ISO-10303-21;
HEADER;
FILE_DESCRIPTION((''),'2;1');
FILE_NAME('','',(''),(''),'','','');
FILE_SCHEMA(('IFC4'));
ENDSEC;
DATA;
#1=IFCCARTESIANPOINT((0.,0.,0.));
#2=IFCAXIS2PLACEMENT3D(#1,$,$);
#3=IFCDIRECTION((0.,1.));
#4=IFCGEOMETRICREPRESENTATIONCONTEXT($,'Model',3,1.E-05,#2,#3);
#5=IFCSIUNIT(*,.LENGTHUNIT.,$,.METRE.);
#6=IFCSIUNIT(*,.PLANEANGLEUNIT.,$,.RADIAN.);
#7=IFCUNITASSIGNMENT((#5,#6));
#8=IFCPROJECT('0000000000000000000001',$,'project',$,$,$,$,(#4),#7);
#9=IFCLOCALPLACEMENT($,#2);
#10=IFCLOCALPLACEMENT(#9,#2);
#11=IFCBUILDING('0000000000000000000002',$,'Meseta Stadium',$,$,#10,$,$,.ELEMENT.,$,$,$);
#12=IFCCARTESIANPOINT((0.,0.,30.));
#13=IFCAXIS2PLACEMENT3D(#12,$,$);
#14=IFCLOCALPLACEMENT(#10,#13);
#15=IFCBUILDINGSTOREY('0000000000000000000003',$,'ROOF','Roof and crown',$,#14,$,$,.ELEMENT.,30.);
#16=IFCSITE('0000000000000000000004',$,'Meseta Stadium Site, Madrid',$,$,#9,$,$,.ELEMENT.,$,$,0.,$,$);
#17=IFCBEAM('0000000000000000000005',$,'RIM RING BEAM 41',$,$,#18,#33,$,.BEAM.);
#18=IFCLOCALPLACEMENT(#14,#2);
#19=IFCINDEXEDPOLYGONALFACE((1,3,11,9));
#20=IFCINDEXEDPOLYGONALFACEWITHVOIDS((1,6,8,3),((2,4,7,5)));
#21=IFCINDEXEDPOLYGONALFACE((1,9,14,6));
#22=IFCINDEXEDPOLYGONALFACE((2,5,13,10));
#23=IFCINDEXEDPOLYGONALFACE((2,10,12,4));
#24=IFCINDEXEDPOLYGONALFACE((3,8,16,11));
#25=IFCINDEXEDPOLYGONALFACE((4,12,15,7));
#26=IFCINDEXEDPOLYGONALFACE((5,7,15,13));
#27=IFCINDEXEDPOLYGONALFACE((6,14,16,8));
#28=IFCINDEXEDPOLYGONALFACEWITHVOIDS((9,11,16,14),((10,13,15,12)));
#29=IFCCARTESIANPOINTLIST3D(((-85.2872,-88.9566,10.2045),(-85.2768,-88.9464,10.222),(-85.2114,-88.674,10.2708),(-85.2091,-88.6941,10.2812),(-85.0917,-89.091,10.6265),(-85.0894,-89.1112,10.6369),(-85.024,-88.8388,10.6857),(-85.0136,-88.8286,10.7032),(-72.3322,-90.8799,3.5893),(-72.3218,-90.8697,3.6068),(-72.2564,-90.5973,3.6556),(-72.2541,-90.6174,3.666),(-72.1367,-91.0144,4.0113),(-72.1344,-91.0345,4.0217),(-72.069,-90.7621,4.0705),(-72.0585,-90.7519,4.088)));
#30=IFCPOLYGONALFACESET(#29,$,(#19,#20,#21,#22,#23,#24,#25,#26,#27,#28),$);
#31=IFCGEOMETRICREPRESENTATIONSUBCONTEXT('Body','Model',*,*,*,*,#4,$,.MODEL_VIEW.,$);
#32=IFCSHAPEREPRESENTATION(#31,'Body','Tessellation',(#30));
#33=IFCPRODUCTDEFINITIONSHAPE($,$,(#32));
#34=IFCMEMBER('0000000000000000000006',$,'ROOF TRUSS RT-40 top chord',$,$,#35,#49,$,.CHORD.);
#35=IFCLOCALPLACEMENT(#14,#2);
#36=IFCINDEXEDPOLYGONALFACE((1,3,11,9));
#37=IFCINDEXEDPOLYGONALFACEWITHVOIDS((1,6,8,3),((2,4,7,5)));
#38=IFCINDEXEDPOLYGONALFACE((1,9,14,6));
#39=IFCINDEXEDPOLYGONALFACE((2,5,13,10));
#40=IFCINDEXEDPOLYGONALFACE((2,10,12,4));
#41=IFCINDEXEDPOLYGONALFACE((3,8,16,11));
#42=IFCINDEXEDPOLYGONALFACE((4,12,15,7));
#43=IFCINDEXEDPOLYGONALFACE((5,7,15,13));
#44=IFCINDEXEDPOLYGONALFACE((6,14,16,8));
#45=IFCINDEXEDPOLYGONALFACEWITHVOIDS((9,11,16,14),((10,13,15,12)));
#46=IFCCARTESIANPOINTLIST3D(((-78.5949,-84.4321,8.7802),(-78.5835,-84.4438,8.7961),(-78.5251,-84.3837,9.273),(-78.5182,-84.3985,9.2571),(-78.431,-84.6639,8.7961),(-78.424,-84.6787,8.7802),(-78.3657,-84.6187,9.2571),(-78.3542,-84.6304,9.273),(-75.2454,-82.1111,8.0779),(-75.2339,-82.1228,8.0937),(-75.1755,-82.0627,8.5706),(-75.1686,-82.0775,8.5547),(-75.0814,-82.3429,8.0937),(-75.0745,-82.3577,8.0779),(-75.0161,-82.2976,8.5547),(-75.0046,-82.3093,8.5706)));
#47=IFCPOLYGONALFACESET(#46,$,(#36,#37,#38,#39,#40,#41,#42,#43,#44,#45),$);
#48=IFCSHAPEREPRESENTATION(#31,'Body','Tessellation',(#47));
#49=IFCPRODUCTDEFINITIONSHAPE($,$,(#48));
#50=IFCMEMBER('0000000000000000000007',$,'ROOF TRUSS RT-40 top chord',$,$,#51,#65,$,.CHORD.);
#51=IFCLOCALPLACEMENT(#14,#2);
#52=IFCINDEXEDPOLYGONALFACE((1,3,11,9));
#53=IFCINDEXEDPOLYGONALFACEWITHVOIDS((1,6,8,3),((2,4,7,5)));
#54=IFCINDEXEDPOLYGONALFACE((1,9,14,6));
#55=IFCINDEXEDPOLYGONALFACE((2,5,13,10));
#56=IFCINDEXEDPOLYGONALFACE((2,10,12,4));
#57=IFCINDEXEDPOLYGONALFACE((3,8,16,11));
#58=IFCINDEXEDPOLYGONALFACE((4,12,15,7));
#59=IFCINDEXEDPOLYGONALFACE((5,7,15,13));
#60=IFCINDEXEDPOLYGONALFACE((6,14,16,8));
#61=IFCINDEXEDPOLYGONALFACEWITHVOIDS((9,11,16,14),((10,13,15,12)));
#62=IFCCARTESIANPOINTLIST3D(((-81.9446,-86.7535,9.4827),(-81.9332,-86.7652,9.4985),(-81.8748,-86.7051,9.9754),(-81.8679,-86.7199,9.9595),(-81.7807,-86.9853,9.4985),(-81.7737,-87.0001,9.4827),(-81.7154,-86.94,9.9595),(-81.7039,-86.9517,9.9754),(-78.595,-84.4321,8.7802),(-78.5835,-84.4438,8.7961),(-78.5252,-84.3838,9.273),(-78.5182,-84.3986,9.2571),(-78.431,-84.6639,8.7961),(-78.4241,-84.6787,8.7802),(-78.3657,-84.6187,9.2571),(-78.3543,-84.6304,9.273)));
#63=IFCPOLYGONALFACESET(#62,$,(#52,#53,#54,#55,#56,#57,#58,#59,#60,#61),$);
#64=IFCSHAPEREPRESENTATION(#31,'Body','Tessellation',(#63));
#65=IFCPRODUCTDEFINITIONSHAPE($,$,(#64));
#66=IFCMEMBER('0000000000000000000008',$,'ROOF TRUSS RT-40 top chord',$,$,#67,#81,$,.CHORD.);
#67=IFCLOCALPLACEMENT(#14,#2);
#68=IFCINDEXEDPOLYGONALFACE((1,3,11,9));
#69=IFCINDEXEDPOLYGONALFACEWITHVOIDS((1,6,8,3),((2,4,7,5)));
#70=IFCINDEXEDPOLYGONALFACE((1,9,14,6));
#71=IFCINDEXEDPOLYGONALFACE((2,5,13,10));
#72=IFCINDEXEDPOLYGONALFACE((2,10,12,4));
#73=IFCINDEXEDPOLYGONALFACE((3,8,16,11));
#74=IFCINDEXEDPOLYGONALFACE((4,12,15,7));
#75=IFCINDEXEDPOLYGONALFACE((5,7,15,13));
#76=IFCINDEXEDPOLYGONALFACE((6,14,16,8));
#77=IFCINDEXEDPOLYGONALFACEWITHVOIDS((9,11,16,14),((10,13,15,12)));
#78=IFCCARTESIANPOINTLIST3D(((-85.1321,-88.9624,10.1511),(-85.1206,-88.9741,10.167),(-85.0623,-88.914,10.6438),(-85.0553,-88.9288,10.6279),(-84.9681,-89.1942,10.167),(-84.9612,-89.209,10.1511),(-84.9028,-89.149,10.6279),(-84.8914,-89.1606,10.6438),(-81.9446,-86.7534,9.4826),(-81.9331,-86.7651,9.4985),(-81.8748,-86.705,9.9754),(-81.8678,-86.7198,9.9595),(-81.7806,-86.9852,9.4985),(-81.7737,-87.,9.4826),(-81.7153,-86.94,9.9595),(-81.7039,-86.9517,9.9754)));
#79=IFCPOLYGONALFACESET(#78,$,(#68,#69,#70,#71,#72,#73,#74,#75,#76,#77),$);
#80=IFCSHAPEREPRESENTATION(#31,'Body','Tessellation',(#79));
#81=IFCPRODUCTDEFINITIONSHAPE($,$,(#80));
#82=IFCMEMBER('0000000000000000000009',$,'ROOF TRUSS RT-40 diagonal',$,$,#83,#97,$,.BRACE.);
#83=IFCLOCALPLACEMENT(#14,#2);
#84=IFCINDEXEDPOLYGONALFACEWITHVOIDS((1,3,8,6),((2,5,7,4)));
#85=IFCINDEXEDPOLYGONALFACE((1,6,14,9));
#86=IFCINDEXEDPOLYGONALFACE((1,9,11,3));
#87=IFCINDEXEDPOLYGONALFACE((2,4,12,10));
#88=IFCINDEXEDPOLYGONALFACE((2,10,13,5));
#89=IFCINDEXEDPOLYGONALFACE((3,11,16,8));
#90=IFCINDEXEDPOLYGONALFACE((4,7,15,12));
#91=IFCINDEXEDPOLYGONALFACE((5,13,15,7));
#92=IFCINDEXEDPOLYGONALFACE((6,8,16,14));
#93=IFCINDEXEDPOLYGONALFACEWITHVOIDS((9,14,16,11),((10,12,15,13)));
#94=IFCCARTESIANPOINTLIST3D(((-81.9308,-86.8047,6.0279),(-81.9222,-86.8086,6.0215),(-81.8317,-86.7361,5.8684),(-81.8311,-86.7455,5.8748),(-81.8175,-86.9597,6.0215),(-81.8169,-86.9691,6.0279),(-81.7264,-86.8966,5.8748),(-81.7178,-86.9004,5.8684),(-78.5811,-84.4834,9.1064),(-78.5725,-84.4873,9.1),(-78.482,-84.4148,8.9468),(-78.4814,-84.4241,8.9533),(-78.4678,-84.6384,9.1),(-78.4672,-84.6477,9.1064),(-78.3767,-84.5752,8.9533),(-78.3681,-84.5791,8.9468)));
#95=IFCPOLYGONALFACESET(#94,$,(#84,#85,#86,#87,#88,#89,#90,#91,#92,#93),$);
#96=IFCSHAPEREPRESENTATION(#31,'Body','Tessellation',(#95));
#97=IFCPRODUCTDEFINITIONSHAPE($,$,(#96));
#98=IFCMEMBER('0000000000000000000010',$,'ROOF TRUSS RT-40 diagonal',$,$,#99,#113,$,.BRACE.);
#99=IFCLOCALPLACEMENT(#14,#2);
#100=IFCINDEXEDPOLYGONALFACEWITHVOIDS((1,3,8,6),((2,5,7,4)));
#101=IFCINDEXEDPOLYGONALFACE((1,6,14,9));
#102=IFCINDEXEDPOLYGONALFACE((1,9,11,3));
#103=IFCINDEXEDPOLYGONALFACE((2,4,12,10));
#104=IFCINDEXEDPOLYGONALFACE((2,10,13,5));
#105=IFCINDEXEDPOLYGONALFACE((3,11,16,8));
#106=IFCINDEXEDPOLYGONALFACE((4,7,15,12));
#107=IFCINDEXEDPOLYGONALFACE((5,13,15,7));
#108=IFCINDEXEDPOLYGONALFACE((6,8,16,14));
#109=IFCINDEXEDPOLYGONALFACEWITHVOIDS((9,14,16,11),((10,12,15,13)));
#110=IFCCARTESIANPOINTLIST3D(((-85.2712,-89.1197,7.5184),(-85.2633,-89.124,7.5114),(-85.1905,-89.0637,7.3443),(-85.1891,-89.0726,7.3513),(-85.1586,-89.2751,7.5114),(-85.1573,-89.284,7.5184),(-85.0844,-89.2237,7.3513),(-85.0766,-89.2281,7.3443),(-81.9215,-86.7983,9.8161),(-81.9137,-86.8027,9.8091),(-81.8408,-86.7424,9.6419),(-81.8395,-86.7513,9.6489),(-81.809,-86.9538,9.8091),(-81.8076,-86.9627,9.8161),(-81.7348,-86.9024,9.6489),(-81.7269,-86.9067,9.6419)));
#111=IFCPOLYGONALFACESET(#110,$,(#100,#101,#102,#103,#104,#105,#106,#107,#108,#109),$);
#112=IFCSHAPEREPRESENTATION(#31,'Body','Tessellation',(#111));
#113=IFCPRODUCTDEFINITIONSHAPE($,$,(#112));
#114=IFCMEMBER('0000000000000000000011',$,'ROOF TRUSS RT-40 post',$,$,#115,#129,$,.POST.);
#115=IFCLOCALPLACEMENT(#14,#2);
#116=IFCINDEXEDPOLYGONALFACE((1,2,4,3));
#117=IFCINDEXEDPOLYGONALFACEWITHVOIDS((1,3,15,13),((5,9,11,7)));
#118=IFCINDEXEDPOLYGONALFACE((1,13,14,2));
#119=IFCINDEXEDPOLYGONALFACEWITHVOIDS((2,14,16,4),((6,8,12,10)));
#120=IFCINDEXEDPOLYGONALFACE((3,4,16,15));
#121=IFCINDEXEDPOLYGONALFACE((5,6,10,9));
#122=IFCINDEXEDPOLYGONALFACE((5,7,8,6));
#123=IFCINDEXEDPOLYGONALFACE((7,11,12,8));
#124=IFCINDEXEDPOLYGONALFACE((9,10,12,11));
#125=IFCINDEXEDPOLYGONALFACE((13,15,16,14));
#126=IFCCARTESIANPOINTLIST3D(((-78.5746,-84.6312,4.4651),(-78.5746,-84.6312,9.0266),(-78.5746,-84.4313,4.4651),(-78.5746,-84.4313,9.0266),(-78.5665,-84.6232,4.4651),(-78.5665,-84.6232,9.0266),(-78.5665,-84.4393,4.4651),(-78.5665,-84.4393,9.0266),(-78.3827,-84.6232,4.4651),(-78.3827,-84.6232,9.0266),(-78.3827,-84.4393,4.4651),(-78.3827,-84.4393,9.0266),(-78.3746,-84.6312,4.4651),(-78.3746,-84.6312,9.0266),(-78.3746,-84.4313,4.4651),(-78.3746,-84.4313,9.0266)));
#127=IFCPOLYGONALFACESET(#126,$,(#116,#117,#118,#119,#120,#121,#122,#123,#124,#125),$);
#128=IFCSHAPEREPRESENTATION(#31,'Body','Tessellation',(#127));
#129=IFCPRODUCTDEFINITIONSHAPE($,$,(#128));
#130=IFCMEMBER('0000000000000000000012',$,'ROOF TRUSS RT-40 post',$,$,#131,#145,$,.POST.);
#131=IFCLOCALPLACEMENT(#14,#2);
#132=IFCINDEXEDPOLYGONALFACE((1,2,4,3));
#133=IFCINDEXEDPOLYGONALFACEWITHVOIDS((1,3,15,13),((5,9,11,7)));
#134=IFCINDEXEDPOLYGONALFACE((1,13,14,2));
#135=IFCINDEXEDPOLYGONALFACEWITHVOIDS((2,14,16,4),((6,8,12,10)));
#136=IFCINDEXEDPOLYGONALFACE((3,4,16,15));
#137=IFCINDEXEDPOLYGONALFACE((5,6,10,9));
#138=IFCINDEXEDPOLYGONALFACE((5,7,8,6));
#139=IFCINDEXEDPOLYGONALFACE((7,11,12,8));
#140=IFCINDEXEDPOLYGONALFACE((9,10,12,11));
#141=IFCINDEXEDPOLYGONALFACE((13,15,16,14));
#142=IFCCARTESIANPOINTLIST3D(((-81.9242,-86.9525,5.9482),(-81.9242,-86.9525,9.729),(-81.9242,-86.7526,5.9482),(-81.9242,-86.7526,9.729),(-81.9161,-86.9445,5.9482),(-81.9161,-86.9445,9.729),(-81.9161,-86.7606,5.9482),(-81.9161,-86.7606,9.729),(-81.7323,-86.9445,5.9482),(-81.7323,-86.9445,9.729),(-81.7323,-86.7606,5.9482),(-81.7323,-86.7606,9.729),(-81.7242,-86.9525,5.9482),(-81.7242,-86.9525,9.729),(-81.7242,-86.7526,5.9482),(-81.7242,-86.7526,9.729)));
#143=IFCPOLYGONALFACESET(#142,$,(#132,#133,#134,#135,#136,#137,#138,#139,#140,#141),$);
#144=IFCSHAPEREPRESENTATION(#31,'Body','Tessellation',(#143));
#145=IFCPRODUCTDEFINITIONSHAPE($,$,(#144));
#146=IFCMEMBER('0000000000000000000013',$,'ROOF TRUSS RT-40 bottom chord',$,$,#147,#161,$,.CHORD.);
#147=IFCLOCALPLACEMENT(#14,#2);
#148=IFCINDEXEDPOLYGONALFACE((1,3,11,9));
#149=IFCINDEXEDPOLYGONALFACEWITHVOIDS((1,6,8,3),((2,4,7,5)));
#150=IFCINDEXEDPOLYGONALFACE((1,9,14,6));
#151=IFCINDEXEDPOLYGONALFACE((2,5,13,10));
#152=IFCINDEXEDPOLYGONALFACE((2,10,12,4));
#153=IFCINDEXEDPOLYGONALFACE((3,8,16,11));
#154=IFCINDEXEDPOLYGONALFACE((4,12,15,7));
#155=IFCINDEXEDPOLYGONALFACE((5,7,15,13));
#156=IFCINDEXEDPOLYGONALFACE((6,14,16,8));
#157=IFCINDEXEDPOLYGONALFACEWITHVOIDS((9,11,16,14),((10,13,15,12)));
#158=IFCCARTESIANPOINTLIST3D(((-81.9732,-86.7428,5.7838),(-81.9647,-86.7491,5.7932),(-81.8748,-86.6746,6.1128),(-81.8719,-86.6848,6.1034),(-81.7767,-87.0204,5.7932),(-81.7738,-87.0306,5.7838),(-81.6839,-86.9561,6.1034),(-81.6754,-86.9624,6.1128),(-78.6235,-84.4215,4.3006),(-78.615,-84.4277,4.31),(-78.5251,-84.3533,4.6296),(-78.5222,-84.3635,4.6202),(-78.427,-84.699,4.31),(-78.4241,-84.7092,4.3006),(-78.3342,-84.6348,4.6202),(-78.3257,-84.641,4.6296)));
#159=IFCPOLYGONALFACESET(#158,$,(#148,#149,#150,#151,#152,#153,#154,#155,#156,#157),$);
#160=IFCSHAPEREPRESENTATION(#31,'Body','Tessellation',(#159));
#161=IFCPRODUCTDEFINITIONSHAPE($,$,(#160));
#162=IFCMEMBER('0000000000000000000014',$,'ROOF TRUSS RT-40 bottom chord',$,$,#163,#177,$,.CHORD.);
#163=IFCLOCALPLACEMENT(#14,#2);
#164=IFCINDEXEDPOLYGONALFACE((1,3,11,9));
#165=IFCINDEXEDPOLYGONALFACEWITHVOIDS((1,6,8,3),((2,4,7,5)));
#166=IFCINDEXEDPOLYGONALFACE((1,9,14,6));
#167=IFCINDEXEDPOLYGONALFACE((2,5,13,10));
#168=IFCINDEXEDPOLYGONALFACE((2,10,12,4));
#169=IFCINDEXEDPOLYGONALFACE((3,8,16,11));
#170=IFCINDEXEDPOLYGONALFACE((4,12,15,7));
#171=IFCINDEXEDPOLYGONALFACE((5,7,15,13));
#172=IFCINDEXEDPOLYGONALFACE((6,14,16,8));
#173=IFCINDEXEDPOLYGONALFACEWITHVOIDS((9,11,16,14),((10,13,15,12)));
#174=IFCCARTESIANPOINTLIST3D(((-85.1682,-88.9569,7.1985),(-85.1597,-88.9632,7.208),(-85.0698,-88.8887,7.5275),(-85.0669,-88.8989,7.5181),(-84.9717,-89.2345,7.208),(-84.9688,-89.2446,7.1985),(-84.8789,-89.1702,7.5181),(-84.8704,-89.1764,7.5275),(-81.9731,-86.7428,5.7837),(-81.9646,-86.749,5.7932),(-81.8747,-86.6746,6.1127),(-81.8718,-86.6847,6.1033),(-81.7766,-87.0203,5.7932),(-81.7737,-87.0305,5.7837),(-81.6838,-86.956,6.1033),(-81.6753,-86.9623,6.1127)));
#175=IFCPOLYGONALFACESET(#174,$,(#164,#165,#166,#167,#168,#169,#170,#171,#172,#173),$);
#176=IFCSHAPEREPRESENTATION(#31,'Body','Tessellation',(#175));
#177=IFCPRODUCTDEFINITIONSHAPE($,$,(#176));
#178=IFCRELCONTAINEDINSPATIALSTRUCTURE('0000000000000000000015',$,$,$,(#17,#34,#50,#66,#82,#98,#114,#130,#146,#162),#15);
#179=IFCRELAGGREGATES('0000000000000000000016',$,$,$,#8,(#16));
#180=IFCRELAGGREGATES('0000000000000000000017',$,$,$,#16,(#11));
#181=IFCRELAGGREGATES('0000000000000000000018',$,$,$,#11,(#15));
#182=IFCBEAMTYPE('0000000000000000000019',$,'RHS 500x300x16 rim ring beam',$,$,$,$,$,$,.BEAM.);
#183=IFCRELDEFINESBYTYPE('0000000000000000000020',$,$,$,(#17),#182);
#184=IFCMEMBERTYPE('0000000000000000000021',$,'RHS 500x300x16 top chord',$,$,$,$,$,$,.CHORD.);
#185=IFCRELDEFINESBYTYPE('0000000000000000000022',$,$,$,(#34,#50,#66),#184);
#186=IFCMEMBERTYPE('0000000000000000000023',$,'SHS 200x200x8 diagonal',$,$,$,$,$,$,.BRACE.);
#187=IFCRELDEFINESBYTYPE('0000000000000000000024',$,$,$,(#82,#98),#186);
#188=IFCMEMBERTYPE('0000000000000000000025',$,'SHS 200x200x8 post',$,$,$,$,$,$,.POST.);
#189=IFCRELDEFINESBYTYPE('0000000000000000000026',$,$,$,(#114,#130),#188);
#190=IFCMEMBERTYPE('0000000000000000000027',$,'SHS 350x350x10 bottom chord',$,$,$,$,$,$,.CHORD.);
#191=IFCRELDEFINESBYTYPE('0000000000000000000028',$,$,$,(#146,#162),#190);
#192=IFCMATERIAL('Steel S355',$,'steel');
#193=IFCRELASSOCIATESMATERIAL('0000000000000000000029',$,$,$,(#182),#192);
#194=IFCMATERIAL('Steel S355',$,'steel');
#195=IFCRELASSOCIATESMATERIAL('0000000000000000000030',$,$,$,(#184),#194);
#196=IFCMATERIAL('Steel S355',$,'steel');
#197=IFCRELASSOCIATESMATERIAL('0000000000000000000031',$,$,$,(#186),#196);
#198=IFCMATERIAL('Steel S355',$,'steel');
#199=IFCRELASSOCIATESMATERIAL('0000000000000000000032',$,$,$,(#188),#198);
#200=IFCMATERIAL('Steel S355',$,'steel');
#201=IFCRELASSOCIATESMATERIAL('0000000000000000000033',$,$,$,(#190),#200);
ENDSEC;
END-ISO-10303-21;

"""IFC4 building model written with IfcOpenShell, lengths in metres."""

from ifc_helpers import new_model, si_unit, direction, frame, origin, origin_2d, place, context, subcontext, project, spatial, hollow_rectangle, extrude, material, material_profile, profile_set, type_object, element, save


model = new_model("IFC4")

# Units and contexts
model_context = context("Model", 3, precision=1e-05, world=origin(), true_north=direction((0.0, 1.0)))
body_context = subcontext(model_context, "Body", "Model", "MODEL_VIEW")
ifc_project = project(units=[si_unit("LENGTHUNIT", "METRE"), si_unit("PLANEANGLEUNIT", "RADIAN")], contexts=[model_context])

# Site, building, storey
site_placement = place(None, origin())
site = spatial("IfcSite", under=ifc_project, at=site_placement, Name="Meseta Stadium Site, Madrid", CompositionType="ELEMENT", RefElevation=0.0)
building_placement = place(site_placement, origin())
building = spatial("IfcBuilding", under=site, at=building_placement, Name="Meseta Stadium", CompositionType="ELEMENT")
storey_placement = place(building_placement, frame((0.0, 0.0, 30.0)))
storey = spatial("IfcBuildingStorey", under=building, at=storey_placement, Name="ROOF", Description="Roof and crown", CompositionType="ELEMENT", Elevation=30.0)

# Beam
ifc_material_1 = material(Name="Steel S355", Category="steel")
ifc_material_profile_1 = material_profile(ifc_material_1, hollow_rectangle(XDim=0.3, YDim=0.5, WallThickness=0.0161, at=origin_2d()), Name="RHS 500x300x16")
ifc_profile_set_1 = profile_set([ifc_material_profile_1], Name="Steel S355")
beam_type = type_object("IfcBeamType", Name="RHS 500x300x16 rim ring beam", PredefinedType="BEAM", material=ifc_profile_set_1)
beam_placement = place(storey_placement, frame((-85.1504, -88.8926, 10.4539), z_axis=(0.882924, -0.131081, -0.450846), x_axis=(0.252779, 0.941903, 0.221182)))
element("IfcBeam", 1, at=beam_placement, inside=storey, type_object=beam_type, Name="RIM RING BEAM 41", PredefinedType="BEAM", context=body_context, shape_type="SweptSolid", body=[
    extrude(hollow_rectangle(XDim=0.3, YDim=0.5, WallThickness=0.0161, at=origin_2d()), origin(), (0.0, 0.0, 1.0), 14.6729),
])

# Members
ifc_material_2 = material(Name="Steel S355", Category="steel")
ifc_material_profile_2 = material_profile(ifc_material_2, hollow_rectangle(XDim=0.3, YDim=0.5, WallThickness=0.0161, at=origin_2d()), Name="RHS 500x300x16")
ifc_profile_set_2 = profile_set([ifc_material_profile_2], Name="Steel S355")
member_type_1 = type_object("IfcMemberType", Name="RHS 500x300x16 top chord", PredefinedType="CHORD", material=ifc_profile_set_2)
member_1_placement = place(storey_placement, frame((-75.125, -82.2102, 8.3242), z_axis=(-0.810009, -0.56128, 0.169854), x_axis=(0.569556, -0.821953, 0.0)))
element("IfcMember", 2, at=member_1_placement, inside=storey, type_object=member_type_1, Name="ROOF TRUSS RT-40 top chord", PredefinedType="CHORD", context=body_context, shape_type="SweptSolid", body=[
    extrude(hollow_rectangle(XDim=0.3, YDim=0.5, WallThickness=0.0161, at=origin_2d()), origin(), (0.0, 0.0, 1.0), 4.1353),
])
member_2_placement = place(storey_placement, frame((-78.4746, -84.5312, 9.0266), z_axis=(-0.809982, -0.56132, 0.169848), x_axis=(0.569596, -0.821925, 0.0)))
element("IfcMember", 3, at=member_2_placement, inside=storey, type_object=member_type_1, Name="ROOF TRUSS RT-40 top chord", PredefinedType="CHORD", context=body_context, shape_type="SweptSolid", body=[
    extrude(hollow_rectangle(XDim=0.3, YDim=0.5, WallThickness=0.0161, at=origin_2d()), origin(), (0.0, 0.0, 1.0), 4.1355),
])
member_3_placement = place(storey_placement, frame((-81.8242, -86.8525, 9.729), z_axis=(-0.809976, -0.561325, 0.169862), x_axis=(0.569603, -0.82192, 0.0)))
element("IfcMember", 4, at=member_3_placement, inside=storey, type_object=member_type_1, Name="ROOF TRUSS RT-40 top chord", PredefinedType="CHORD", context=body_context, shape_type="SweptSolid", body=[
    extrude(hollow_rectangle(XDim=0.3, YDim=0.5, WallThickness=0.0161, at=origin_2d()), origin(), (0.0, 0.0, 1.0), 3.9353),
])
ifc_material_3 = material(Name="Steel S355", Category="steel")
ifc_material_profile_3 = material_profile(ifc_material_3, hollow_rectangle(XDim=0.2, YDim=0.2, WallThickness=0.0081, at=origin_2d()), Name="SHS 200x200x8")
ifc_profile_set_3 = profile_set([ifc_material_profile_3], Name="Steel S355")
member_type_2 = type_object("IfcMemberType", Name="SHS 200x200x8 diagonal", PredefinedType="BRACE", material=ifc_profile_set_3)
member_4_placement = place(storey_placement, frame((-78.4746, -84.5312, 9.0266), z_axis=(-0.655846, -0.454503, -0.602738), x_axis=(0.569596, -0.821925, 0.0)))
element("IfcMember", 5, at=member_4_placement, inside=storey, type_object=member_type_2, Name="ROOF TRUSS RT-40 diagonal", PredefinedType="BRACE", context=body_context, shape_type="SweptSolid", body=[
    extrude(hollow_rectangle(XDim=0.2, YDim=0.2, WallThickness=0.0081, at=origin_2d()), origin(), (0.0, 0.0, 1.0), 5.1074),
])
member_5_placement = place(storey_placement, frame((-81.8242, -86.8525, 9.729), z_axis=(-0.715976, -0.496173, -0.491111), x_axis=(0.569596, -0.821925, 0.0)))
element("IfcMember", 6, at=member_5_placement, inside=storey, type_object=member_type_2, Name="ROOF TRUSS RT-40 diagonal", PredefinedType="BRACE", context=body_context, shape_type="SweptSolid", body=[
    extrude(hollow_rectangle(XDim=0.2, YDim=0.2, WallThickness=0.0081, at=origin_2d()), origin(), (0.0, 0.0, 1.0), 4.6785),
])
ifc_material_4 = material(Name="Steel S355", Category="steel")
ifc_material_profile_4 = material_profile(ifc_material_4, hollow_rectangle(XDim=0.2, YDim=0.2, WallThickness=0.0081, at=origin_2d()), Name="SHS 200x200x8")
ifc_profile_set_4 = profile_set([ifc_material_profile_4], Name="Steel S355")
member_type_3 = type_object("IfcMemberType", Name="SHS 200x200x8 post", PredefinedType="POST", material=ifc_profile_set_4)
member_6_placement = place(storey_placement, frame((-78.4746, -84.5312, 4.4651), z_axis=(0.0, 0.0, 1.0), x_axis=(1.0, 0.0, 0.0)))
element("IfcMember", 7, at=member_6_placement, inside=storey, type_object=member_type_3, Name="ROOF TRUSS RT-40 post", PredefinedType="POST", context=body_context, shape_type="SweptSolid", body=[
    extrude(hollow_rectangle(XDim=0.2, YDim=0.2, WallThickness=0.0081, at=origin_2d()), origin(), (0.0, 0.0, 1.0), 4.5615),
])
member_7_placement = place(storey_placement, frame((-81.8242, -86.8525, 5.9482), z_axis=(0.0, 0.0, 1.0), x_axis=(1.0, 0.0, 0.0)))
element("IfcMember", 8, at=member_7_placement, inside=storey, type_object=member_type_3, Name="ROOF TRUSS RT-40 post", PredefinedType="POST", context=body_context, shape_type="SweptSolid", body=[
    extrude(hollow_rectangle(XDim=0.2, YDim=0.2, WallThickness=0.0081, at=origin_2d()), origin(), (0.0, 0.0, 1.0), 3.7808),
])
ifc_material_5 = material(Name="Steel S355", Category="steel")
ifc_material_profile_5 = material_profile(ifc_material_5, hollow_rectangle(XDim=0.3501, YDim=0.3501, WallThickness=0.01, at=origin_2d()), Name="SHS 350x350x10")
ifc_profile_set_5 = profile_set([ifc_material_profile_5], Name="Steel S355")
member_type_4 = type_object("IfcMemberType", Name="SHS 350x350x10 bottom chord", PredefinedType="CHORD", material=ifc_profile_set_5)
member_8_placement = place(storey_placement, frame((-78.4746, -84.5312, 4.4651), z_axis=(-0.772365, -0.535251, 0.341991), x_axis=(0.569596, -0.821925, 0.0)))
element("IfcMember", 9, at=member_8_placement, inside=storey, type_object=member_type_4, Name="ROOF TRUSS RT-40 bottom chord", PredefinedType="CHORD", context=body_context, shape_type="SweptSolid", body=[
    extrude(hollow_rectangle(XDim=0.3501, YDim=0.3501, WallThickness=0.01, at=origin_2d()), origin(), (0.0, 0.0, 1.0), 4.3369),
])
member_9_placement = place(storey_placement, frame((-81.8242, -86.8525, 5.9482), z_axis=(-0.772369, -0.535234, 0.342009), x_axis=(0.569582, -0.821934, 0.0)))
element("IfcMember", 10, at=member_9_placement, inside=storey, type_object=member_type_4, Name="ROOF TRUSS RT-40 bottom chord", PredefinedType="CHORD", context=body_context, shape_type="SweptSolid", body=[
    extrude(hollow_rectangle(XDim=0.3501, YDim=0.3501, WallThickness=0.01, at=origin_2d()), origin(), (0.0, 0.0, 1.0), 4.1367),
])

save(model, "model.ifc")
